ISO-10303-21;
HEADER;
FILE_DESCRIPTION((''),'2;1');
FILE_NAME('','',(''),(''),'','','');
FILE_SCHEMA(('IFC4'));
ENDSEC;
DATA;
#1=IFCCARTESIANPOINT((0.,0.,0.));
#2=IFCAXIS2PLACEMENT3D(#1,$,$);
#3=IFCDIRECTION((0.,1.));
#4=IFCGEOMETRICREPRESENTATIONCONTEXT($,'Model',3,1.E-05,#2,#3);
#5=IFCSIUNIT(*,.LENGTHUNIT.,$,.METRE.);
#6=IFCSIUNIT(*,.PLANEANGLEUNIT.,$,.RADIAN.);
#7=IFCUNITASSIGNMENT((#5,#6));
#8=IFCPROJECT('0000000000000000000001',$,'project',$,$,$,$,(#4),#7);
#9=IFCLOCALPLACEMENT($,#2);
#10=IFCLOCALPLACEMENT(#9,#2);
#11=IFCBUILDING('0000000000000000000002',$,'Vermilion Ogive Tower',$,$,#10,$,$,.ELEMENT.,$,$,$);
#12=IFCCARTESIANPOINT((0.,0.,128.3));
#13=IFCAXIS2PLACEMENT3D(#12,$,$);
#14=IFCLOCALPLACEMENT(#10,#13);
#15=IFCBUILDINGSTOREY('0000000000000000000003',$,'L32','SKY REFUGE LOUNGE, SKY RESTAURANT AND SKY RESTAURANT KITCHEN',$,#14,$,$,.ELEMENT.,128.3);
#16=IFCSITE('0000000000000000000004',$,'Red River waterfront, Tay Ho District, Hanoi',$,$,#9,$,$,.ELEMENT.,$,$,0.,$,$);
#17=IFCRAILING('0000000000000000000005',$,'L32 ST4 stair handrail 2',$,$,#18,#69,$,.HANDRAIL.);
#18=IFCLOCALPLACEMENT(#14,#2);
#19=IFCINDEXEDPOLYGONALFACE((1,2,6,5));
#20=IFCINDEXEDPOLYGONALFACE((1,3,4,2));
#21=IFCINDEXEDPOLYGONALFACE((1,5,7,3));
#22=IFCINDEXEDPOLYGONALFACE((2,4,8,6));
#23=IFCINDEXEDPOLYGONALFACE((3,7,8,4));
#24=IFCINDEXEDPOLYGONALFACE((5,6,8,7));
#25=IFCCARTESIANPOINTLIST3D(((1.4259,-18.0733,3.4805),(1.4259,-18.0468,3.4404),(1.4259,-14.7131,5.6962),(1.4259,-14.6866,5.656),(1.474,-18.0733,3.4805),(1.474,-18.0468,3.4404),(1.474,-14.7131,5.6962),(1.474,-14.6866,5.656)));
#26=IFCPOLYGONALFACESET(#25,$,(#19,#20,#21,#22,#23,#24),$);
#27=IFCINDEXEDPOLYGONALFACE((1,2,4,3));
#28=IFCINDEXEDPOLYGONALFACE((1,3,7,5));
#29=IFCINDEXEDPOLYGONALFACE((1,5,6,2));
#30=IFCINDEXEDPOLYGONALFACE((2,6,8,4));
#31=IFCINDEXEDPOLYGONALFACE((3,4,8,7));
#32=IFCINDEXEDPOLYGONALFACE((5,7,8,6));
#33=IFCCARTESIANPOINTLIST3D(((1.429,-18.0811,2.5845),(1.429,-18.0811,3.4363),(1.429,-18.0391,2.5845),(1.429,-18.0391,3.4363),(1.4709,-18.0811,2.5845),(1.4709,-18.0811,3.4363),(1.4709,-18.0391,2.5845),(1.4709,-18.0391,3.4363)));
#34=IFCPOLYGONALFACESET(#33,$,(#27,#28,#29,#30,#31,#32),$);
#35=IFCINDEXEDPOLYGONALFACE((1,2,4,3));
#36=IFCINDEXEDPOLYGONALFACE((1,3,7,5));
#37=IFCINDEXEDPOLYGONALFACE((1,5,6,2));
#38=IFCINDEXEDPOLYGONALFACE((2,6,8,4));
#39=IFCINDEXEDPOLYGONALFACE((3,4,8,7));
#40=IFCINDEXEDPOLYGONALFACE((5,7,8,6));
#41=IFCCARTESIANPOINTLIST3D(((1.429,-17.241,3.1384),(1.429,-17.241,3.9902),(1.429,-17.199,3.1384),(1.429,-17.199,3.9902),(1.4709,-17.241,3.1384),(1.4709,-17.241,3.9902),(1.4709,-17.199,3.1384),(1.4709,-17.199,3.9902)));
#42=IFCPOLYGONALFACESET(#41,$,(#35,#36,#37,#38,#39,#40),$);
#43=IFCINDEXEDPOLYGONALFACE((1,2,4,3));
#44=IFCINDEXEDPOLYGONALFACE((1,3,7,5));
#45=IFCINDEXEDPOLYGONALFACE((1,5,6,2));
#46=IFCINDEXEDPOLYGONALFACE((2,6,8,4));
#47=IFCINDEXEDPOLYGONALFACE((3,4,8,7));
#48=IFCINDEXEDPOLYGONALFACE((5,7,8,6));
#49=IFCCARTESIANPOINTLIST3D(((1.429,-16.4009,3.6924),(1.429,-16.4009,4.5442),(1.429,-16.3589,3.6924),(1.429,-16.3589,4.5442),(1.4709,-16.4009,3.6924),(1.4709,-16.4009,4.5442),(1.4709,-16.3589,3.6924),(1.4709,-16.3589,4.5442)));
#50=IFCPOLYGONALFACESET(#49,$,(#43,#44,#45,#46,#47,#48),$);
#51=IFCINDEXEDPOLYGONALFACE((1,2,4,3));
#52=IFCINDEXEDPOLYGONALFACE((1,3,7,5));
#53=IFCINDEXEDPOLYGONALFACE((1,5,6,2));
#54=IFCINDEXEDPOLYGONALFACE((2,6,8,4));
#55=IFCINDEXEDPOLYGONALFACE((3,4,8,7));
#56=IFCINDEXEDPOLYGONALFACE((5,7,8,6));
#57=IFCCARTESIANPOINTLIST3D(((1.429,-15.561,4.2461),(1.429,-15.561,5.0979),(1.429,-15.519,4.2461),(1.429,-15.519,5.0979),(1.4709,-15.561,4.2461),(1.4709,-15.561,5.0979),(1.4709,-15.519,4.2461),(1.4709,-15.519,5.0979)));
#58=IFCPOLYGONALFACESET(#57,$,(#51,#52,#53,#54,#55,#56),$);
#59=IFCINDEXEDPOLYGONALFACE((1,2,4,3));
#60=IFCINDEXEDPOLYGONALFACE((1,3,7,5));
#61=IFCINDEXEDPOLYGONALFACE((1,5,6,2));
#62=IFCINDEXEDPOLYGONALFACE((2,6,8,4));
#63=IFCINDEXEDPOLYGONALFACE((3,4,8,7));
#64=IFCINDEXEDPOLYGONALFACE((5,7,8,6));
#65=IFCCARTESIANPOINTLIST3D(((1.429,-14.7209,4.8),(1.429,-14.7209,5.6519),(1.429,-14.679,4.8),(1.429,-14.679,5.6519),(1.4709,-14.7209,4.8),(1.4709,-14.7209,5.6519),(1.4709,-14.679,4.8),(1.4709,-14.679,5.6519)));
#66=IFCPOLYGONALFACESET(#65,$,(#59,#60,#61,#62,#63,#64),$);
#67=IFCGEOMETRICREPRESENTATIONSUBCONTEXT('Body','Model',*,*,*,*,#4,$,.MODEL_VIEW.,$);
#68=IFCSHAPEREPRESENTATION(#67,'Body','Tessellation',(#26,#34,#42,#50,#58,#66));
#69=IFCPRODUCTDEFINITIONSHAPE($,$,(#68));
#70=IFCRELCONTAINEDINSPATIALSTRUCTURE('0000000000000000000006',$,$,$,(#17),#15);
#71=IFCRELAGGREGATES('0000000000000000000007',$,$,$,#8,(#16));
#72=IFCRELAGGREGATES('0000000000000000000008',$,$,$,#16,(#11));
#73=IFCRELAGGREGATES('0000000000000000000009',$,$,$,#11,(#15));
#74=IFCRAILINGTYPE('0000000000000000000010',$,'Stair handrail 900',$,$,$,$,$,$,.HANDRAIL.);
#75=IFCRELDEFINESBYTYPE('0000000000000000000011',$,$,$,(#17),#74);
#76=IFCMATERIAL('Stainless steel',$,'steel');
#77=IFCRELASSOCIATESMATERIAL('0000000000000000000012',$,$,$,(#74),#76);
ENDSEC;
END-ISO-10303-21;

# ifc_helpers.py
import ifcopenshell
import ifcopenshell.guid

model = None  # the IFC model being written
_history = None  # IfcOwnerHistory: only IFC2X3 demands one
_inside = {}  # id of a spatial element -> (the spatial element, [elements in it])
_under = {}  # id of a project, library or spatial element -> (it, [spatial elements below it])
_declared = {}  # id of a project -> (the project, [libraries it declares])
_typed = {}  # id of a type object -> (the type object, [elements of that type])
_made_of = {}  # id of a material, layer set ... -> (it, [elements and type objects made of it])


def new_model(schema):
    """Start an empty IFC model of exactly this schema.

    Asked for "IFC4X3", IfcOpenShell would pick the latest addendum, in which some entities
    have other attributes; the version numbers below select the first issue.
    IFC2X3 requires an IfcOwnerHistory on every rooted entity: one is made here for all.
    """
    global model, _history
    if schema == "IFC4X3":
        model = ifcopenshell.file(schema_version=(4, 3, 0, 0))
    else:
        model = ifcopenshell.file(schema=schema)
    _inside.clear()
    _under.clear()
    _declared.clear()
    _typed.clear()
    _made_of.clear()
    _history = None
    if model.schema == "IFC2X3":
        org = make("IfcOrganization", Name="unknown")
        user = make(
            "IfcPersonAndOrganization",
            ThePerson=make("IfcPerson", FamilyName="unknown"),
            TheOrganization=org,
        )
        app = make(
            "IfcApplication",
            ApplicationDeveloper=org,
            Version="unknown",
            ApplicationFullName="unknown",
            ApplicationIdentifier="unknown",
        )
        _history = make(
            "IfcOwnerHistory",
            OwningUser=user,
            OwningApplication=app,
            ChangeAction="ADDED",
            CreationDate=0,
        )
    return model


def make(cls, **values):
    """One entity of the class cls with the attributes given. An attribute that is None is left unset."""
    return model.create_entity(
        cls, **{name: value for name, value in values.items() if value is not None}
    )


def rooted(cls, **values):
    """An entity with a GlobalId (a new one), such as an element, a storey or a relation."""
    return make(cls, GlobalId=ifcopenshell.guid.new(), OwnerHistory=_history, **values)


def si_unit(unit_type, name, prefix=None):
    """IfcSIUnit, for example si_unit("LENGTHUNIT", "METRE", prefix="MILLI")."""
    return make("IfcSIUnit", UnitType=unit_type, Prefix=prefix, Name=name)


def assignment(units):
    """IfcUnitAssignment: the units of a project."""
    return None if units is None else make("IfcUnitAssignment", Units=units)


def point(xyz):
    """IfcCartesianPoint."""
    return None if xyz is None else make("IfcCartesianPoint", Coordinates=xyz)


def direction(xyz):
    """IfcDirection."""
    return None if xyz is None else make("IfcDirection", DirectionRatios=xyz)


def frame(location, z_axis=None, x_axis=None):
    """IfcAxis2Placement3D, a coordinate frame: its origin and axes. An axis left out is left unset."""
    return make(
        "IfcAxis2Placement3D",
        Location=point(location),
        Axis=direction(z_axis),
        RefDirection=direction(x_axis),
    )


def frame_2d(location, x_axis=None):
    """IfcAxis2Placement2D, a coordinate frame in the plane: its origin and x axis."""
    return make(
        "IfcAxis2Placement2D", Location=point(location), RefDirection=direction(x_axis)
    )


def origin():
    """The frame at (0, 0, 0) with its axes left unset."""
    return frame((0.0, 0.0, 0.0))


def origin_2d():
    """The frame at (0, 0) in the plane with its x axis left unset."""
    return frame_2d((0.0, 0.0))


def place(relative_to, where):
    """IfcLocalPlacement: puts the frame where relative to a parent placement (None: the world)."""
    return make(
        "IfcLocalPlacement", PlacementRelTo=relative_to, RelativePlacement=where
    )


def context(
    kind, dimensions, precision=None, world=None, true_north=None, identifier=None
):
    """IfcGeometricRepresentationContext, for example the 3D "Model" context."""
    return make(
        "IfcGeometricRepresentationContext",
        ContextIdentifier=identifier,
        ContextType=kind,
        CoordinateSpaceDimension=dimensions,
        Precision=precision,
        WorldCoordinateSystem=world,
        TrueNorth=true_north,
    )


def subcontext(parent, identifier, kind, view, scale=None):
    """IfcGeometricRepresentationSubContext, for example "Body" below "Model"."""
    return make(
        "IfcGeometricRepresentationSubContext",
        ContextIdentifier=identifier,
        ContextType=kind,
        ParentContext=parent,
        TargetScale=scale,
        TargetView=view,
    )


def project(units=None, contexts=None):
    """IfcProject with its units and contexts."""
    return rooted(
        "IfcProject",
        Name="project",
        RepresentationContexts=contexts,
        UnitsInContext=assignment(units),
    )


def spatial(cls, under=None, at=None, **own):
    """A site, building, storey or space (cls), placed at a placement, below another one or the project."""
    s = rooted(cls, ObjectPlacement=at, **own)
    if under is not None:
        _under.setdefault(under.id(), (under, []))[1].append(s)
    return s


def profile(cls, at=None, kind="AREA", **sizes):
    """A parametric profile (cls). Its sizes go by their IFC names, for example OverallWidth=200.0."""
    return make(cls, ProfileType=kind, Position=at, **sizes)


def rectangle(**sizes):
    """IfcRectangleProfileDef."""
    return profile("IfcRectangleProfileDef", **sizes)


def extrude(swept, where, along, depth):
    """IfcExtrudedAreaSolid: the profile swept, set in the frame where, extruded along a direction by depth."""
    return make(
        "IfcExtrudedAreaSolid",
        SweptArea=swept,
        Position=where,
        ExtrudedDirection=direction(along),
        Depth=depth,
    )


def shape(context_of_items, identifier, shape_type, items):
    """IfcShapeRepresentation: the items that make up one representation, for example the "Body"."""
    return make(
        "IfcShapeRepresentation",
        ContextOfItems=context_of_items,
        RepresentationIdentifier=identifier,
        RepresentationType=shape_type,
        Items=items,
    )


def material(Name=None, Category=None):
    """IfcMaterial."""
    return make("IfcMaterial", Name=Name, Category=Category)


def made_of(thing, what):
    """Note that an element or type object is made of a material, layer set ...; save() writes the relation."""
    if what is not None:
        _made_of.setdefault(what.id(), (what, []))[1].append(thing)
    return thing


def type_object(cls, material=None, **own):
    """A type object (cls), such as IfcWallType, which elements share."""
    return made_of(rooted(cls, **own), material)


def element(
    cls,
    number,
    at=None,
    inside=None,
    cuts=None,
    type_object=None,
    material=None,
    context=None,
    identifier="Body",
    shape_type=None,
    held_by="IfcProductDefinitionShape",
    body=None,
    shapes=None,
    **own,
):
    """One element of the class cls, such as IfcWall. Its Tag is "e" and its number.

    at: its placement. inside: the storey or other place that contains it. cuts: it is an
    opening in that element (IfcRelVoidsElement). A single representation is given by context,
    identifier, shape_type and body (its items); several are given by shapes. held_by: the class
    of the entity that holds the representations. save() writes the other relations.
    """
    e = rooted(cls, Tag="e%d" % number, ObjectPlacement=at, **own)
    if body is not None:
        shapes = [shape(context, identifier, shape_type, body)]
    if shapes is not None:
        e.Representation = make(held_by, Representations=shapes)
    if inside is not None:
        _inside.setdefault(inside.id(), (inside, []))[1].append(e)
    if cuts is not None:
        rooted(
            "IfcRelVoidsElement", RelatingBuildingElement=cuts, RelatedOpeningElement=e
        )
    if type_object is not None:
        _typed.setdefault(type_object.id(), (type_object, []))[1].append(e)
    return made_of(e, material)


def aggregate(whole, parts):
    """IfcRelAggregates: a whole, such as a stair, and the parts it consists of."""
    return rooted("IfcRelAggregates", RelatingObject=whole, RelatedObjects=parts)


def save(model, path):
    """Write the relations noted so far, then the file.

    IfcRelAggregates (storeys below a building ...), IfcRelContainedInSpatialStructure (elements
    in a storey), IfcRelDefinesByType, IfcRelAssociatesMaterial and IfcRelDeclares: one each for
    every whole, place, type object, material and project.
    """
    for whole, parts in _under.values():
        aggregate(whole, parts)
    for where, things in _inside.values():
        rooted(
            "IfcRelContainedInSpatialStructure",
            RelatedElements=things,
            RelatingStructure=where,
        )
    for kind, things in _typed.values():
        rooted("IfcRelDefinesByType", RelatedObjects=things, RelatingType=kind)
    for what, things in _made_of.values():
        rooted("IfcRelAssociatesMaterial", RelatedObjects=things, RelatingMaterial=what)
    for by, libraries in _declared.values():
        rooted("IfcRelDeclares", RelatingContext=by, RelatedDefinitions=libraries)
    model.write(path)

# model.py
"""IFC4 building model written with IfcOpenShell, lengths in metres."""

from ifc_helpers import new_model, si_unit, direction, frame, origin, origin_2d, place, context, subcontext, project, spatial, rectangle, extrude, material, type_object, element, save


model = new_model("IFC4")

# Units and contexts
model_context = context("Model", 3, precision=1e-05, world=origin(), true_north=direction((0.0, 1.0)))
body_context = subcontext(model_context, "Body", "Model", "MODEL_VIEW")
ifc_project = project(units=[si_unit("LENGTHUNIT", "METRE"), si_unit("PLANEANGLEUNIT", "RADIAN")], contexts=[model_context])

# Site, building, storey
site_placement = place(None, origin())
site = spatial("IfcSite", under=ifc_project, at=site_placement, Name="Red River waterfront, Tay Ho District, Hanoi", CompositionType="ELEMENT", RefElevation=0.0)
building_placement = place(site_placement, origin())
building = spatial("IfcBuilding", under=site, at=building_placement, Name="Vermilion Ogive Tower", CompositionType="ELEMENT")
storey_placement = place(building_placement, frame((0.0, 0.0, 128.3)))
storey = spatial("IfcBuildingStorey", under=building, at=storey_placement, Name="L32", Description="SKY REFUGE LOUNGE, SKY RESTAURANT AND SKY RESTAURANT KITCHEN", CompositionType="ELEMENT", Elevation=128.3)

# Railing
ifc_material_1 = material(Name="Stainless steel", Category="steel")
railing_type_1 = type_object("IfcRailingType", Name="Stair handrail 900", PredefinedType="HANDRAIL", material=ifc_material_1)
railing_1_placement = place(storey_placement, frame((1.45, -18.0601, 2.5845)))
element("IfcRailing", 1, at=railing_1_placement, inside=storey, type_object=railing_type_1, Name="L32 ST4 stair handrail 2", PredefinedType="HANDRAIL", context=body_context, shape_type="SweptSolid", body=[
    extrude(rectangle(XDim=0.0481, YDim=0.0481, at=origin_2d()), frame((0.0, 0.0, 0.876), z_axis=(0.0, 0.834849, 0.55048), x_axis=(-1.0, 0.0, 0.0)), (0.0, 0.0, 1.0), 4.0249),
    extrude(rectangle(XDim=0.042, YDim=0.042, at=origin_2d()), origin(), (0.0, 0.0, 1.0), 0.8518),
    extrude(rectangle(XDim=0.042, YDim=0.042, at=origin_2d()), frame((0.0, 0.8401, 0.554)), (0.0, 0.0, 1.0), 0.8518),
    extrude(rectangle(XDim=0.042, YDim=0.042, at=origin_2d()), frame((0.0, 1.6802, 1.1079)), (0.0, 0.0, 1.0), 0.8518),
    extrude(rectangle(XDim=0.042, YDim=0.042, at=origin_2d()), frame((0.0, 2.52, 1.6616)), (0.0, 0.0, 1.0), 0.8518),
    extrude(rectangle(XDim=0.042, YDim=0.042, at=origin_2d()), frame((0.0, 3.3601, 2.2156)), (0.0, 0.0, 1.0), 0.8518),
])

save(model, "model.ifc")
